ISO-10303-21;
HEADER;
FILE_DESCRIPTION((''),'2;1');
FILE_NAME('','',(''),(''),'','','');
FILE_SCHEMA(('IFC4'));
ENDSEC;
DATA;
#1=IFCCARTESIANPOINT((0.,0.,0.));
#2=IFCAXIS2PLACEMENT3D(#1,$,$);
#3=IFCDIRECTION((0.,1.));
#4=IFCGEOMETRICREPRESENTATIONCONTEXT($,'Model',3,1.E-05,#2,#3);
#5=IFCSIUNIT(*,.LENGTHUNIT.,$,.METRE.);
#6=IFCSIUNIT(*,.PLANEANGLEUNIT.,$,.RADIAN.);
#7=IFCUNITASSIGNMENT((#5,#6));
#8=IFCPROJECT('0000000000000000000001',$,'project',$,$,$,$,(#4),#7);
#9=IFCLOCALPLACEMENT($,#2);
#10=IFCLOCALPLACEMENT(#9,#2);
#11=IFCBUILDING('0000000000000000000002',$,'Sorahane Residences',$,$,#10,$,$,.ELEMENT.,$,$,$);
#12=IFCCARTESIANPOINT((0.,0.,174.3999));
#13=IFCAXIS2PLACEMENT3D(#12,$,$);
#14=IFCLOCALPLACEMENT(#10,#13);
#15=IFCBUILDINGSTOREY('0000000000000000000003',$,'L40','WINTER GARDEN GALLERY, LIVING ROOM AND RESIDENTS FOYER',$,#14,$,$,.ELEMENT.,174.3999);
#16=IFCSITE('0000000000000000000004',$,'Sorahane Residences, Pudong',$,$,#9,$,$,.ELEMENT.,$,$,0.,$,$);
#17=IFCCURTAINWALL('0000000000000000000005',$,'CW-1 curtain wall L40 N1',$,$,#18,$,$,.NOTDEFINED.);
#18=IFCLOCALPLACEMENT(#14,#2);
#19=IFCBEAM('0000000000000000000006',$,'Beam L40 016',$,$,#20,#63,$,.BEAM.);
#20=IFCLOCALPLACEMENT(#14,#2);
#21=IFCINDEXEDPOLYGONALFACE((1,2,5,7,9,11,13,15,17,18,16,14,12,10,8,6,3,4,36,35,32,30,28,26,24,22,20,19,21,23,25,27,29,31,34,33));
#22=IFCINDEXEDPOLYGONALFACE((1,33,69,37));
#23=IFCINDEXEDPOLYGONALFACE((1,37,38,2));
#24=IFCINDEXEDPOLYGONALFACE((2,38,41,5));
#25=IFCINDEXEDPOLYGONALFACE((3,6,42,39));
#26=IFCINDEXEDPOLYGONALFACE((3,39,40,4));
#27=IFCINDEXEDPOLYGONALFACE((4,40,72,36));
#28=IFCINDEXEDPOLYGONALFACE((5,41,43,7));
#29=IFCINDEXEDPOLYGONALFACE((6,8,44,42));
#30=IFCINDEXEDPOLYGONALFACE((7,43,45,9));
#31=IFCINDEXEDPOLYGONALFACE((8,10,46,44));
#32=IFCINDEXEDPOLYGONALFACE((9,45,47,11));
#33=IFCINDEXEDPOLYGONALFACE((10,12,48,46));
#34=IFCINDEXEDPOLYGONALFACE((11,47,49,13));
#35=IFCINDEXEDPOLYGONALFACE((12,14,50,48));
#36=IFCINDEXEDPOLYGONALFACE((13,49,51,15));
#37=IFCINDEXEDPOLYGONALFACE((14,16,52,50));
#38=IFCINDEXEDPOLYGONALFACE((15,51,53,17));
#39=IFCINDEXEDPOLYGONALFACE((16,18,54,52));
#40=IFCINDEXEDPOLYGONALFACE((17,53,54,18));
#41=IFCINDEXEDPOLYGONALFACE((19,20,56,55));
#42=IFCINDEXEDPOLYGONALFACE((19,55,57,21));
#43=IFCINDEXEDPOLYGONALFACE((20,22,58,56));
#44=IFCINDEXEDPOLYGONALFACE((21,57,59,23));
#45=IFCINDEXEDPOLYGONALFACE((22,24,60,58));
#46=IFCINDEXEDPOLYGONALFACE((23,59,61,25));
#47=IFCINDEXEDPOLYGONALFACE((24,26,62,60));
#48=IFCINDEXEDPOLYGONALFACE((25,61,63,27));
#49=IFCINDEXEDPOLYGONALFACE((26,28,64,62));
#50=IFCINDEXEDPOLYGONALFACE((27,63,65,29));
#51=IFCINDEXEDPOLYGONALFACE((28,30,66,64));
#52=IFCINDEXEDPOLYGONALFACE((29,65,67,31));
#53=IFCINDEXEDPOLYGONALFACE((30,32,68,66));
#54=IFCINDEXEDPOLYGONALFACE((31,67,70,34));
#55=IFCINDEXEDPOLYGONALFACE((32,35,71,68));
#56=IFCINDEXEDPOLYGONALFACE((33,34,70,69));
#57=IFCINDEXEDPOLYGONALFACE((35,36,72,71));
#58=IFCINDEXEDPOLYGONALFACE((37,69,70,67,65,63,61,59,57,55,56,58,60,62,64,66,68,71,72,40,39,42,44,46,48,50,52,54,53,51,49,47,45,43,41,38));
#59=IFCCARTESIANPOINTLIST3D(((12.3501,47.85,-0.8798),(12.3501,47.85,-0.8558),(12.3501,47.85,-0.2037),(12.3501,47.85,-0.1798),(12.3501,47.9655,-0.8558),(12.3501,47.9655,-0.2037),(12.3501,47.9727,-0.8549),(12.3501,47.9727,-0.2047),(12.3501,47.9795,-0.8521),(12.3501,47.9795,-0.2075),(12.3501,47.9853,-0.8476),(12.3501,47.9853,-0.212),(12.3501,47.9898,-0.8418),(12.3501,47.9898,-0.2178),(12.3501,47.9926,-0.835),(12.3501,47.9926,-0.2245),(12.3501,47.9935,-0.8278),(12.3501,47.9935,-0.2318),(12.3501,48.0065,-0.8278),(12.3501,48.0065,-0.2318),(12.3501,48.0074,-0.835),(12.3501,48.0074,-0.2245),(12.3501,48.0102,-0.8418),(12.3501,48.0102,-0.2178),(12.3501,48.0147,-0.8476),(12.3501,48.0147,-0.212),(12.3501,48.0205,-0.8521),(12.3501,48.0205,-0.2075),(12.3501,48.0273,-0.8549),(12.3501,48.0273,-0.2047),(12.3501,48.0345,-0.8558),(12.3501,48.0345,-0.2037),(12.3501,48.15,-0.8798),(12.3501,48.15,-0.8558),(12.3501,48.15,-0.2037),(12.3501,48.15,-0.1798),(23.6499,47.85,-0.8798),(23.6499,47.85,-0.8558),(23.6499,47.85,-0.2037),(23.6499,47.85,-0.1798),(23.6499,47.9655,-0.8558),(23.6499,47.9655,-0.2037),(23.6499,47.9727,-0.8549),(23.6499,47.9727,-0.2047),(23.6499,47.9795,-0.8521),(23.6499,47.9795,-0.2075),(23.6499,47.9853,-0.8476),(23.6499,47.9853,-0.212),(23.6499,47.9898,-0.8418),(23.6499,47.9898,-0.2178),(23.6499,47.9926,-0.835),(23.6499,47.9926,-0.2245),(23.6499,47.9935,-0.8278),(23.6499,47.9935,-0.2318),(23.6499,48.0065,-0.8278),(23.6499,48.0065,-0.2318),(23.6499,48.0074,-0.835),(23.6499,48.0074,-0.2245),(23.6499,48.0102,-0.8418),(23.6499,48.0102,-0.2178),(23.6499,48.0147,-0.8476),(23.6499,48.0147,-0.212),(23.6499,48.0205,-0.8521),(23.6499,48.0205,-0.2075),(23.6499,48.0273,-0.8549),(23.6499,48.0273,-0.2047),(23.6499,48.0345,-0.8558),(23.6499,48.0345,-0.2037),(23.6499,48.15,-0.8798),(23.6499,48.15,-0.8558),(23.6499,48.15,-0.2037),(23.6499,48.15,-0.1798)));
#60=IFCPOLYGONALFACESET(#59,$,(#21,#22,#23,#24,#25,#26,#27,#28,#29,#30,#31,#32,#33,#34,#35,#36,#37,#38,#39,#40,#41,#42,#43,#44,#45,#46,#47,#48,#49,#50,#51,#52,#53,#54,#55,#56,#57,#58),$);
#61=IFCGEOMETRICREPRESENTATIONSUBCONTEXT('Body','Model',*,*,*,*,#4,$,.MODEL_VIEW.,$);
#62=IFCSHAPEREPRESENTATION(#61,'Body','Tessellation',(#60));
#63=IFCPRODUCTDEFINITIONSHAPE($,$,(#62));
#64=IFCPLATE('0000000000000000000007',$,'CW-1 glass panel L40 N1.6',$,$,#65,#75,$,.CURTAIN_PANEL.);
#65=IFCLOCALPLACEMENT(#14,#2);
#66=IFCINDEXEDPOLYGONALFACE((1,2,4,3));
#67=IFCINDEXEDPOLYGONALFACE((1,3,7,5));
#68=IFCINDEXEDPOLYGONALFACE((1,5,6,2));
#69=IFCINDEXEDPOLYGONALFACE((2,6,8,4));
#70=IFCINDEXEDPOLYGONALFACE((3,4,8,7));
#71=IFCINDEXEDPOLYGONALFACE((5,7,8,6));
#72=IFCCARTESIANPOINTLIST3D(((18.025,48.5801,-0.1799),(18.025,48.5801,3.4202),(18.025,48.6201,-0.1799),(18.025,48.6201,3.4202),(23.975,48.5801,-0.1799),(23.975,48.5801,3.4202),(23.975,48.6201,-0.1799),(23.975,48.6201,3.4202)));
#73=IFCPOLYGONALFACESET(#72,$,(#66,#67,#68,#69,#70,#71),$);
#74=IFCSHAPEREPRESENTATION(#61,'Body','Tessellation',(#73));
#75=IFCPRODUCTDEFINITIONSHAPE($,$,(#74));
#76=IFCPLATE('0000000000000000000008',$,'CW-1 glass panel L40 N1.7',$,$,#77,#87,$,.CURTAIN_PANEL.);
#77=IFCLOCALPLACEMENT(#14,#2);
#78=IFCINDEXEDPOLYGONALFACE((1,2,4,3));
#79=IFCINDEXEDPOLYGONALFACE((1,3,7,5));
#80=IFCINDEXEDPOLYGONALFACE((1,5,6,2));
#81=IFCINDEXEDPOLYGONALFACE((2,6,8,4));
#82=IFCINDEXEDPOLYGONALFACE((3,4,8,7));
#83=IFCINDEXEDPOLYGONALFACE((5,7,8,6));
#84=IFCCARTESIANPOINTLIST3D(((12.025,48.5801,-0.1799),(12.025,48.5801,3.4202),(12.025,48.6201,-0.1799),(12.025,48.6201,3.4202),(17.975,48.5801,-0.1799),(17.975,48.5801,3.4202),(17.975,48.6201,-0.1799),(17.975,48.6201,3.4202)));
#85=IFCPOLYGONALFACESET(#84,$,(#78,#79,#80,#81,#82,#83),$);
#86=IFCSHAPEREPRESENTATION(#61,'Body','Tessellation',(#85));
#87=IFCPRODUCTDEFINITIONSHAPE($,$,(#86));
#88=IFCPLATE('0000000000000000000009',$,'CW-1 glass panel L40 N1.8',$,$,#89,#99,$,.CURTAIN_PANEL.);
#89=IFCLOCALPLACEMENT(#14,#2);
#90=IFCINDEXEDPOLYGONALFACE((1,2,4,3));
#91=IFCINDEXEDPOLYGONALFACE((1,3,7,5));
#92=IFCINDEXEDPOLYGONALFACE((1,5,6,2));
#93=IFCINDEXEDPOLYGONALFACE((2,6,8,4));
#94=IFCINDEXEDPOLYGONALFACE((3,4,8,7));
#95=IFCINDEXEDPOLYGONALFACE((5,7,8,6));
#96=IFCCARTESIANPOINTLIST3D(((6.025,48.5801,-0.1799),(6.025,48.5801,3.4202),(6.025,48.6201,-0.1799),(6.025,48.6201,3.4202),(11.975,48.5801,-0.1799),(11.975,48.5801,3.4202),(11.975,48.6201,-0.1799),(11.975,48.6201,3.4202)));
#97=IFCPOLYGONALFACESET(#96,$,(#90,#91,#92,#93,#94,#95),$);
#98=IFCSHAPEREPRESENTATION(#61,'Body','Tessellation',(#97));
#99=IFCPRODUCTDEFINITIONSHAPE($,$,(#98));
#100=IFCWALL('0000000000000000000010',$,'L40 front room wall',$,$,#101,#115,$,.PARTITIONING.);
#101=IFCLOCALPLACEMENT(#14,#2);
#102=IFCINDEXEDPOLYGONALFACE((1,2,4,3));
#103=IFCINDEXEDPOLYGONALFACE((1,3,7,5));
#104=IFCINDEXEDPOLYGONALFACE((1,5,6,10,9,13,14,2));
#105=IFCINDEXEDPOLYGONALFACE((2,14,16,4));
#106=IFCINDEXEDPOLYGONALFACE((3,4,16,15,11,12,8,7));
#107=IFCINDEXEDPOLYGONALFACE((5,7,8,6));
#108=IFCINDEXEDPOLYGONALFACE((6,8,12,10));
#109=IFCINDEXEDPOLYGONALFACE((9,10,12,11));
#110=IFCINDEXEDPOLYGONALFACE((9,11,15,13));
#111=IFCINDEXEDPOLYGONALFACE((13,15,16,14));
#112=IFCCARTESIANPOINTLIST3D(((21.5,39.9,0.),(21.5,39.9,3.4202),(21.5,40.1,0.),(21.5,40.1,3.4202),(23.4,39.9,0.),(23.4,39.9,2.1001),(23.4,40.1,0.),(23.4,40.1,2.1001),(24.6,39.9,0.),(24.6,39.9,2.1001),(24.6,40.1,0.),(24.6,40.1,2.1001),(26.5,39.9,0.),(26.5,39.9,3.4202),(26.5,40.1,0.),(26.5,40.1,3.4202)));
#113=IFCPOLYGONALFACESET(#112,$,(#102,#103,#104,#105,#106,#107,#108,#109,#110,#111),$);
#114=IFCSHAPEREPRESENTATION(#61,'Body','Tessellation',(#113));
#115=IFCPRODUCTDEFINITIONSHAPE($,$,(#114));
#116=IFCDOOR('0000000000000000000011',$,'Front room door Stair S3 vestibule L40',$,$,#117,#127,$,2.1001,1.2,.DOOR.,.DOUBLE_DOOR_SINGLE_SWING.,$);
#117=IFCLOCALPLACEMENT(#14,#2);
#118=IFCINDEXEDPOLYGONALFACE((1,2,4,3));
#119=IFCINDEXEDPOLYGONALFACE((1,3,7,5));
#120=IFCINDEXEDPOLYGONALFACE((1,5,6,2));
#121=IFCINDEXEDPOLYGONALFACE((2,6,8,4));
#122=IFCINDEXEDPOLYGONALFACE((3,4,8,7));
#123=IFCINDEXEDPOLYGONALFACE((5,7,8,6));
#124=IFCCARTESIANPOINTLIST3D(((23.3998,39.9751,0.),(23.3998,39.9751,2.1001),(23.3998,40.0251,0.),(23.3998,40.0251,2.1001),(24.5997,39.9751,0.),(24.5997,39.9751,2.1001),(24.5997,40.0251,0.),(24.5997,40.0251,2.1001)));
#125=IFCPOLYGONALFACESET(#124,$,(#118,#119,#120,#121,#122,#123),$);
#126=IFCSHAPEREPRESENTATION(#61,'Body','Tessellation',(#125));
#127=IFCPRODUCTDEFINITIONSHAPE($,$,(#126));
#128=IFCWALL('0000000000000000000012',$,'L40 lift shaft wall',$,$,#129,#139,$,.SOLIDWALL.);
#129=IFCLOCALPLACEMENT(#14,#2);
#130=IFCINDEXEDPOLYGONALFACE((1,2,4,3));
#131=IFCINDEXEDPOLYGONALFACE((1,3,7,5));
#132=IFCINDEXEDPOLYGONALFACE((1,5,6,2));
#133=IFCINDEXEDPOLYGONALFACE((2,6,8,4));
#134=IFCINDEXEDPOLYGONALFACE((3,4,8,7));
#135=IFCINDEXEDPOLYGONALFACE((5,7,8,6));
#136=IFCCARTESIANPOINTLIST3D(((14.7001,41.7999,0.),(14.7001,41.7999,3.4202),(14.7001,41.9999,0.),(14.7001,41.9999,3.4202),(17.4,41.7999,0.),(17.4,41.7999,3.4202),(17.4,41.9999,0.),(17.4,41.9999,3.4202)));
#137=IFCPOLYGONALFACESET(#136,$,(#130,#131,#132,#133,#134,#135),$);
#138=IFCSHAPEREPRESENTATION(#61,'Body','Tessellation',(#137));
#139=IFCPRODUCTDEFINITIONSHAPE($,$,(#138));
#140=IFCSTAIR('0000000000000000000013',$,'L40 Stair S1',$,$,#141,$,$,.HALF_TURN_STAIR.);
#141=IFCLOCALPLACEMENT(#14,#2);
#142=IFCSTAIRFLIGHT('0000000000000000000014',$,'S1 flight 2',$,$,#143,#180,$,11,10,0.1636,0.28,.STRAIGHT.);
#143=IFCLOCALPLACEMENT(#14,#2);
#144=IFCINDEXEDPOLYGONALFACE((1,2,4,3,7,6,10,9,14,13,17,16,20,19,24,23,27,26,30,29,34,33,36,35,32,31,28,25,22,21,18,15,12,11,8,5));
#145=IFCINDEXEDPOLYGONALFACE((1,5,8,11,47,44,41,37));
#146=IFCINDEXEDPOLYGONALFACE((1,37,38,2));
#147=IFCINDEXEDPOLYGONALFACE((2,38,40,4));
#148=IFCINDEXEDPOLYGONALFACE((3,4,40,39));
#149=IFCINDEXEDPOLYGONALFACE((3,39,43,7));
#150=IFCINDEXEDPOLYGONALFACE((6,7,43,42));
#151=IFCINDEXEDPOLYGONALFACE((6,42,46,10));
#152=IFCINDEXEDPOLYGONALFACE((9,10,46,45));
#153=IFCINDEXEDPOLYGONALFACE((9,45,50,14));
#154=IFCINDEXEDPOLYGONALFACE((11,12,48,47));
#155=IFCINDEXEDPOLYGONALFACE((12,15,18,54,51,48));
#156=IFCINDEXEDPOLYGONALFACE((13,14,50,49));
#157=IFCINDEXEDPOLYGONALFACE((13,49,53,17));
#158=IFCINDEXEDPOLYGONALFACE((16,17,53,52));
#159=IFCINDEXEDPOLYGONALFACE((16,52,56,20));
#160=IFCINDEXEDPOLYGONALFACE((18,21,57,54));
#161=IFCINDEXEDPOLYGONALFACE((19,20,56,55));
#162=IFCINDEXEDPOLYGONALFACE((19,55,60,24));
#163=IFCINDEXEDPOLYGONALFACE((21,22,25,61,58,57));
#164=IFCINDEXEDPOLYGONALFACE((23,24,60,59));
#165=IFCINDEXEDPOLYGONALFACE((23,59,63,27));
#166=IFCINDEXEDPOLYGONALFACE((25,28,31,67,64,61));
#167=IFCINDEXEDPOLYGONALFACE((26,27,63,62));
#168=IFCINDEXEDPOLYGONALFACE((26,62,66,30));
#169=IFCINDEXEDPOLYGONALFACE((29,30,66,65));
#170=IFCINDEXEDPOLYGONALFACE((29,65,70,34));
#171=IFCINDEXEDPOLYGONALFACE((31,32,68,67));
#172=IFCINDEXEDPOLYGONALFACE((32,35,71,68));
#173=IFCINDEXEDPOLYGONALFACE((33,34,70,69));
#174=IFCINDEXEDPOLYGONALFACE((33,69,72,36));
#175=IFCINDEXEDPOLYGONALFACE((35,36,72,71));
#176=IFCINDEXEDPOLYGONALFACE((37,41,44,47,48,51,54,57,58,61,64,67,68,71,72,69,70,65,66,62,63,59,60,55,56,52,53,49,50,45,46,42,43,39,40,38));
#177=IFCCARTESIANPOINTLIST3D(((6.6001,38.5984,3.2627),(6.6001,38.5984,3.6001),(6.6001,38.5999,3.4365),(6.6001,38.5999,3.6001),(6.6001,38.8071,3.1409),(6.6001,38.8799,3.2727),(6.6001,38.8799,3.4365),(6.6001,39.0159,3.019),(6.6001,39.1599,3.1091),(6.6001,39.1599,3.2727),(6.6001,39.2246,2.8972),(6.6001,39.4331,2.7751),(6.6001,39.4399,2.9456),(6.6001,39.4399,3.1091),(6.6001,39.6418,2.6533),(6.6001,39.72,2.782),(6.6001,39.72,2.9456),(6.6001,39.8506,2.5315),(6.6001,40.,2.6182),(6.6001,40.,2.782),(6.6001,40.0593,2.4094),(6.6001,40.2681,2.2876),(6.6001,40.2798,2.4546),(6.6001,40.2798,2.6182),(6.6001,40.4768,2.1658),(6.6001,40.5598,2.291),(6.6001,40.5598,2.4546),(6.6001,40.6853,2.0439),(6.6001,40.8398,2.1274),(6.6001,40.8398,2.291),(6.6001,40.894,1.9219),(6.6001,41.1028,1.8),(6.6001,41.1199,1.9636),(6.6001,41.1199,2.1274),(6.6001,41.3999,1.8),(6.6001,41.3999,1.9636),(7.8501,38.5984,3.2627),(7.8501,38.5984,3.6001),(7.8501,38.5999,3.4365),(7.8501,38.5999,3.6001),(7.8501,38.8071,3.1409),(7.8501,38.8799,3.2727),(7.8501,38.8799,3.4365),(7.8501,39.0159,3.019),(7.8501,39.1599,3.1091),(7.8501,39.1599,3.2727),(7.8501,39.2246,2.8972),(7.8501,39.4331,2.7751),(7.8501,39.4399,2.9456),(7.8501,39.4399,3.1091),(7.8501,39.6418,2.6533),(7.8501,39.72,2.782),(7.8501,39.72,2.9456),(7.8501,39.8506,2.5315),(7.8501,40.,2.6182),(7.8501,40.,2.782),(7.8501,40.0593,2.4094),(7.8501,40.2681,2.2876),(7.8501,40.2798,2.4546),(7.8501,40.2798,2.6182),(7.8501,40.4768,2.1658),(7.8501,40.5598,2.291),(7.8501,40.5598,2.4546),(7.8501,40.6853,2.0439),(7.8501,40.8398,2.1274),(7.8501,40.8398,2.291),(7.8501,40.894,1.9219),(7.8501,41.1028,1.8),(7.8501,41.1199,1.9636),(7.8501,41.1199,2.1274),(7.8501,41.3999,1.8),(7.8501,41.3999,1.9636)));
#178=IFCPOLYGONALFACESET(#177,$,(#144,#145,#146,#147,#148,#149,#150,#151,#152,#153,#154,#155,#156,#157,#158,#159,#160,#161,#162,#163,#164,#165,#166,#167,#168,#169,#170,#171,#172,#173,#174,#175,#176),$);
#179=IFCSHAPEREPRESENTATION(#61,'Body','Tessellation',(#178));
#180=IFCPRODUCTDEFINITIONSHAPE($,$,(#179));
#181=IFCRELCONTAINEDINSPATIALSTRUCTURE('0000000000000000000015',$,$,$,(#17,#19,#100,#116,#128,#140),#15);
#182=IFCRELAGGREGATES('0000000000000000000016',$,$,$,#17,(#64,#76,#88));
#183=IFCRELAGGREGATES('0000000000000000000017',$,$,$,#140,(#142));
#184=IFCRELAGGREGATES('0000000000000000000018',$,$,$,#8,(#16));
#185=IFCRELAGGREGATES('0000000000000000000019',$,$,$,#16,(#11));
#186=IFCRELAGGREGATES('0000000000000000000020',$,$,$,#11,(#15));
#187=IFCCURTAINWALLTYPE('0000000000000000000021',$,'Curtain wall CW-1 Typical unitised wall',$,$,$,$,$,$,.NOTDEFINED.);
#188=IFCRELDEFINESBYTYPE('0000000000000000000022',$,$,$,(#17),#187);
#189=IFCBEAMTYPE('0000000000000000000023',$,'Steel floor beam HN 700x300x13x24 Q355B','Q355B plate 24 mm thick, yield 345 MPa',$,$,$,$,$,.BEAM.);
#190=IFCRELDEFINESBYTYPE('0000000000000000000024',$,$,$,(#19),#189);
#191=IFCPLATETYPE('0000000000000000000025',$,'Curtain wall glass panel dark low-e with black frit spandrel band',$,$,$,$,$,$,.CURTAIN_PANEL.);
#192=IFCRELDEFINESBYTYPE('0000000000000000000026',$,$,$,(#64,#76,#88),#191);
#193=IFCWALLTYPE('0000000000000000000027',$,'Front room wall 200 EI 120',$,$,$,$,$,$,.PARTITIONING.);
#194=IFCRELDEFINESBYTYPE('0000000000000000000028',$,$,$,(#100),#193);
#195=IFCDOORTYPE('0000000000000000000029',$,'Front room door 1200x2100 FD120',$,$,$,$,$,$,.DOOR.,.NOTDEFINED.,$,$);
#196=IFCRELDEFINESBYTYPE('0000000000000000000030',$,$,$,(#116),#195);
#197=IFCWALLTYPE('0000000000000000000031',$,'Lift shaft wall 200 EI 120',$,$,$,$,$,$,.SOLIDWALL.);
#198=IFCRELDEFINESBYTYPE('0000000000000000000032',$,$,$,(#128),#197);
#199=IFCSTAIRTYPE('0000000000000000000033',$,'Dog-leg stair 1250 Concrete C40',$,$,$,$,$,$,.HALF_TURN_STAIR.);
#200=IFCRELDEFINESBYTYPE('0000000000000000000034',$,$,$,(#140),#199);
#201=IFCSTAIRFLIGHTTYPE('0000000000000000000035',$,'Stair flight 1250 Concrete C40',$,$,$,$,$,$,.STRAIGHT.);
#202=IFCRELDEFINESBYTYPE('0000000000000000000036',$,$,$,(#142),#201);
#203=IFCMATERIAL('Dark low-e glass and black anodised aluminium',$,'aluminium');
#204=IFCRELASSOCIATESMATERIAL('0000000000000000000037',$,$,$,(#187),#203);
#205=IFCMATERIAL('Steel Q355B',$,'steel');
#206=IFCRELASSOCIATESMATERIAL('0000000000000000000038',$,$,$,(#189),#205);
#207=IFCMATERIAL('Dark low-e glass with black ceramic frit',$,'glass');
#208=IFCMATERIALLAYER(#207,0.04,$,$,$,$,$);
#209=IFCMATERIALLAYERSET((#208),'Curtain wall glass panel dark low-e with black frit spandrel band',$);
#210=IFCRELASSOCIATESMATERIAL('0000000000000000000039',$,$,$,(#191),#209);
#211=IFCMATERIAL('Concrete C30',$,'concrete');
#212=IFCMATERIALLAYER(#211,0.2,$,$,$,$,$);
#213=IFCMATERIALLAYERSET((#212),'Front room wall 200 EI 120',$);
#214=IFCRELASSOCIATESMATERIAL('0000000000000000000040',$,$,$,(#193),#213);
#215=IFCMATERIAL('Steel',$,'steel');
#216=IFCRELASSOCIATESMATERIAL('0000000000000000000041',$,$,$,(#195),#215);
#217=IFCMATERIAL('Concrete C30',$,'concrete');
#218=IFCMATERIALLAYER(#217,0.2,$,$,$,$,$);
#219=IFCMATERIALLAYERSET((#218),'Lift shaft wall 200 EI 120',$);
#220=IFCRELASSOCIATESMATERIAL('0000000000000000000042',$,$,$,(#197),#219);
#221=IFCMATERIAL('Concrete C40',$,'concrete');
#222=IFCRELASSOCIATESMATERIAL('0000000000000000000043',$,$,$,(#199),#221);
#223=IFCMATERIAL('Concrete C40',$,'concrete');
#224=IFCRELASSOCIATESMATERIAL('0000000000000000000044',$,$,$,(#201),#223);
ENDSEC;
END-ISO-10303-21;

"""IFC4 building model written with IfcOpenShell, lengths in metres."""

from ifc_helpers import new_model, si_unit, direction, frame, frame_2d, origin, origin_2d, place, context, subcontext, project, spatial, polyline, rectangle, i_section, outline, extrude, material, layer, layer_set, material_profile, profile_set, type_object, element, fill, aggregate, save


model = new_model("IFC4")

# Units and contexts
model_context = context("Model", 3, precision=1e-05, world=origin(), true_north=direction((0.0, 1.0)))
body_context = subcontext(model_context, "Body", "Model", "MODEL_VIEW")
ifc_project = project(units=[si_unit("LENGTHUNIT", "METRE"), si_unit("PLANEANGLEUNIT", "RADIAN")], contexts=[model_context])

# Site, building, storey
site_placement = place(None, origin())
site = spatial("IfcSite", under=ifc_project, at=site_placement, Name="Sorahane Residences, Pudong", CompositionType="ELEMENT", RefElevation=0.0)
building_placement = place(site_placement, origin())
building = spatial("IfcBuilding", under=site, at=building_placement, Name="Sorahane Residences", CompositionType="ELEMENT")
storey_placement = place(building_placement, frame((0.0, 0.0, 174.3999)))
storey = spatial("IfcBuildingStorey", under=building, at=storey_placement, Name="L40", Description="WINTER GARDEN GALLERY, LIVING ROOM AND RESIDENTS FOYER", CompositionType="ELEMENT", Elevation=174.3999)

# Curtain wall
ifc_material_1 = material(Name="Dark low-e glass and black anodised aluminium", Category="aluminium")
curtain_wall_type = type_object("IfcCurtainWallType", Name="Curtain wall CW-1 Typical unitised wall", PredefinedType="NOTDEFINED", material=ifc_material_1)
curtain_wall_placement = place(storey_placement, origin())
curtain_wall = element("IfcCurtainWall", 1, at=curtain_wall_placement, inside=storey, type_object=curtain_wall_type, Name="CW-1 curtain wall L40 N1", PredefinedType="NOTDEFINED")

# Beam
ifc_material_2 = material(Name="Steel Q355B", Category="steel")
ifc_material_profile_1 = material_profile(ifc_material_2, i_section(OverallWidth=0.3, OverallDepth=0.7, WebThickness=0.0129, FlangeThickness=0.0239, FilletRadius=0.0281, at=origin_2d()), Name="HN 700x300x13x24")
ifc_profile_set_1 = profile_set([ifc_material_profile_1], Name="Steel Q355B")
beam_type_1 = type_object("IfcBeamType", Name="Steel floor beam HN 700x300x13x24 Q355B", Description="Q355B plate 24 mm thick, yield 345 MPa", PredefinedType="BEAM", material=ifc_profile_set_1)
beam_1_placement = place(storey_placement, frame((12.3501, 48.0, -0.5298), z_axis=(1.0, 0.0, 0.0), x_axis=(0.0, 1.0, 0.0)))
element("IfcBeam", 2, at=beam_1_placement, inside=storey, type_object=beam_type_1, Name="Beam L40 016", PredefinedType="BEAM", context=body_context, shape_type="SweptSolid", body=[
    extrude(i_section(OverallWidth=0.3, OverallDepth=0.7, WebThickness=0.0129, FlangeThickness=0.0239, FilletRadius=0.0281, at=origin_2d()), origin(), (0.0, 0.0, 1.0), 11.2998),
])

# Plates
ifc_material_3 = material(Name="Dark low-e glass with black ceramic frit", Category="glass")
ifc_layer_1 = layer(ifc_material_3, 0.04)
ifc_layer_set_1 = layer_set([ifc_layer_1], Name="Curtain wall glass panel dark low-e with black frit spandrel band")
plate_type = type_object("IfcPlateType", Name="Curtain wall glass panel dark low-e with black frit spandrel band", PredefinedType="CURTAIN_PANEL", material=ifc_layer_set_1)
plate_1_placement = place(storey_placement, frame((21.0, 48.6001, -0.1799), z_axis=(0.0, 0.0, 1.0), x_axis=(-1.0, 0.0, 0.0)))
plate_1 = element("IfcPlate", 3, at=plate_1_placement, type_object=plate_type, Name="CW-1 glass panel L40 N1.6", PredefinedType="CURTAIN_PANEL", context=body_context, shape_type="SweptSolid", body=[
    extrude(rectangle(XDim=5.95, YDim=0.04, at=origin_2d()), origin(), (0.0, 0.0, 1.0), 3.6001),
])
plate_2_placement = place(storey_placement, frame((15.0, 48.6001, -0.1799), z_axis=(0.0, 0.0, 1.0), x_axis=(-1.0, 0.0, 0.0)))
plate_2 = element("IfcPlate", 4, at=plate_2_placement, type_object=plate_type, Name="CW-1 glass panel L40 N1.7", PredefinedType="CURTAIN_PANEL", context=body_context, shape_type="SweptSolid", body=[
    extrude(rectangle(XDim=5.95, YDim=0.04, at=origin_2d()), origin(), (0.0, 0.0, 1.0), 3.6001),
])
plate_3_placement = place(storey_placement, frame((9.0, 48.6001, -0.1799), z_axis=(0.0, 0.0, 1.0), x_axis=(-1.0, 0.0, 0.0)))
plate_3 = element("IfcPlate", 5, at=plate_3_placement, type_object=plate_type, Name="CW-1 glass panel L40 N1.8", PredefinedType="CURTAIN_PANEL", context=body_context, shape_type="SweptSolid", body=[
    extrude(rectangle(XDim=5.95, YDim=0.04, at=origin_2d()), origin(), (0.0, 0.0, 1.0), 3.6001),
])
aggregate(curtain_wall, [plate_1, plate_2, plate_3])

# Wall, opening, door
ifc_material_4 = material(Name="Concrete C30", Category="concrete")
ifc_layer_2 = layer(ifc_material_4, 0.2)
ifc_layer_set_2 = layer_set([ifc_layer_2], Name="Front room wall 200 EI 120")
wall_type_1 = type_object("IfcWallType", Name="Front room wall 200 EI 120", PredefinedType="PARTITIONING", material=ifc_layer_set_2)
wall_1_placement = place(storey_placement, frame((21.5, 40.0, 0.0), z_axis=(0.0, 0.0, 1.0), x_axis=(1.0, 0.0, 0.0)))
wall_1 = element("IfcWall", 6, at=wall_1_placement, inside=storey, type_object=wall_type_1, Name="L40 front room wall", PredefinedType="PARTITIONING", context=body_context, shape_type="SweptSolid", body=[
    extrude(rectangle(XDim=5.0, YDim=0.2, at=frame_2d((2.5, 0.0))), origin(), (0.0, 0.0, 1.0), 3.4202),
])
opening_placement = place(wall_1_placement, frame((1.8999, 0.0, 0.0)))
opening = element("IfcOpeningElement", 7, at=opening_placement, cuts=wall_1, PredefinedType="OPENING", context=body_context, shape_type="SweptSolid", body=[
    extrude(rectangle(XDim=1.2, YDim=2.1001, at=frame_2d((0.6001, 1.05))), frame((0.0, 0.1099, 0.0), z_axis=(0.0, -1.0, 0.0), x_axis=(1.0, 0.0, 0.0)), (0.0, 0.0, 1.0), 0.22),
])
ifc_material_5 = material(Name="Steel", Category="steel")
door_type = type_object("IfcDoorType", Name="Front room door 1200x2100 FD120", OperationType="NOTDEFINED", PredefinedType="DOOR", material=ifc_material_5)
door_placement = place(opening_placement, frame((1.2, 0.0, 0.0), z_axis=(0.0, 0.0, 1.0), x_axis=(-1.0, 0.0, 0.0)))
door = element("IfcDoor", 8, at=door_placement, inside=storey, type_object=door_type, Name="Front room door Stair S3 vestibule L40", OperationType="DOUBLE_DOOR_SINGLE_SWING", OverallHeight=2.1001, OverallWidth=1.2, PredefinedType="DOOR", context=body_context, shape_type="SweptSolid", body=[
    extrude(rectangle(XDim=1.2, YDim=2.1001, at=frame_2d((0.6001, 1.05))), frame((0.0, 0.0249, 0.0), z_axis=(0.0, -1.0, 0.0), x_axis=(1.0, 0.0, 0.0)), (0.0, 0.0, 1.0), 0.05),
])
fill(opening, door)

# Wall
ifc_material_6 = material(Name="Concrete C30", Category="concrete")
ifc_layer_3 = layer(ifc_material_6, 0.2)
ifc_layer_set_3 = layer_set([ifc_layer_3], Name="Lift shaft wall 200 EI 120")
wall_type_2 = type_object("IfcWallType", Name="Lift shaft wall 200 EI 120", PredefinedType="SOLIDWALL", material=ifc_layer_set_3)
wall_2_placement = place(storey_placement, frame((14.7, 41.8999, 0.0), z_axis=(0.0, 0.0, 1.0), x_axis=(1.0, 0.0, 0.0)))
element("IfcWall", 9, at=wall_2_placement, inside=storey, type_object=wall_type_2, Name="L40 lift shaft wall", PredefinedType="SOLIDWALL", context=body_context, shape_type="SweptSolid", body=[
    extrude(rectangle(XDim=2.7, YDim=0.2, at=frame_2d((1.3501, 0.0))), origin(), (0.0, 0.0, 1.0), 3.4202),
])

# Stair, stair flight
ifc_material_7 = material(Name="Concrete C40", Category="concrete")
stair_type = type_object("IfcStairType", Name="Dog-leg stair 1250 Concrete C40", PredefinedType="HALF_TURN_STAIR", material=ifc_material_7)
stair_1_placement = place(storey_placement, origin())
stair_1 = element("IfcStair", 10, at=stair_1_placement, inside=storey, type_object=stair_type, Name="L40 Stair S1", PredefinedType="HALF_TURN_STAIR")
ifc_material_8 = material(Name="Concrete C40", Category="concrete")
stair_flight_type = type_object("IfcStairFlightType", Name="Stair flight 1250 Concrete C40", PredefinedType="STRAIGHT", material=ifc_material_8)
stair_flight_1_placement = place(storey_placement, frame((7.2251, 41.3999, 1.8), z_axis=(0.0, 0.0, 1.0), x_axis=(0.0, -1.0, 0.0)))
stair_flight_1 = element("IfcStairFlight", 11, at=stair_flight_1_placement, type_object=stair_flight_type, Name="S1 flight 2", NumberOfRisers=11, NumberOfTreads=10, PredefinedType="STRAIGHT", RiserHeight=0.1636, TreadLength=0.28, context=body_context, shape_type="SweptSolid", body=[
    extrude(outline(polyline([(0.0, 0.0), (0.0, 0.1636), (0.28, 0.1636), (0.28, 0.3274), (0.5601, 0.3274), (0.5601, 0.491), (0.8401, 0.491), (0.8401, 0.6545), (1.1201, 0.6545), (1.1201, 0.8181), (1.3999, 0.8181), (1.3999, 0.9819), (1.6799, 0.9819), (1.6799, 1.1455), (1.96, 1.1455), (1.96, 1.3091), (2.24, 1.3091), (2.24, 1.4727), (2.52, 1.4727), (2.52, 1.6365), (2.8, 1.6365), (2.8, 1.8), (2.8015, 1.8), (2.8015, 1.4626), (2.5928, 1.3408), (2.384, 1.219), (2.1753, 1.0972), (1.9668, 0.9751), (1.7581, 0.8533), (1.5493, 0.7314), (1.3406, 0.6094), (1.1318, 0.4875), (0.9231, 0.3657), (0.7146, 0.2439), (0.5059, 0.1218), (0.2971, 0.0), (0.0, 0.0)])), frame((0.0, 0.625, 0.0), z_axis=(0.0, -1.0, 0.0), x_axis=(1.0, 0.0, 0.0)), (0.0, 0.0, 1.0), 1.25),
])
aggregate(stair_1, [stair_flight_1])

save(model, "model.ifc")
